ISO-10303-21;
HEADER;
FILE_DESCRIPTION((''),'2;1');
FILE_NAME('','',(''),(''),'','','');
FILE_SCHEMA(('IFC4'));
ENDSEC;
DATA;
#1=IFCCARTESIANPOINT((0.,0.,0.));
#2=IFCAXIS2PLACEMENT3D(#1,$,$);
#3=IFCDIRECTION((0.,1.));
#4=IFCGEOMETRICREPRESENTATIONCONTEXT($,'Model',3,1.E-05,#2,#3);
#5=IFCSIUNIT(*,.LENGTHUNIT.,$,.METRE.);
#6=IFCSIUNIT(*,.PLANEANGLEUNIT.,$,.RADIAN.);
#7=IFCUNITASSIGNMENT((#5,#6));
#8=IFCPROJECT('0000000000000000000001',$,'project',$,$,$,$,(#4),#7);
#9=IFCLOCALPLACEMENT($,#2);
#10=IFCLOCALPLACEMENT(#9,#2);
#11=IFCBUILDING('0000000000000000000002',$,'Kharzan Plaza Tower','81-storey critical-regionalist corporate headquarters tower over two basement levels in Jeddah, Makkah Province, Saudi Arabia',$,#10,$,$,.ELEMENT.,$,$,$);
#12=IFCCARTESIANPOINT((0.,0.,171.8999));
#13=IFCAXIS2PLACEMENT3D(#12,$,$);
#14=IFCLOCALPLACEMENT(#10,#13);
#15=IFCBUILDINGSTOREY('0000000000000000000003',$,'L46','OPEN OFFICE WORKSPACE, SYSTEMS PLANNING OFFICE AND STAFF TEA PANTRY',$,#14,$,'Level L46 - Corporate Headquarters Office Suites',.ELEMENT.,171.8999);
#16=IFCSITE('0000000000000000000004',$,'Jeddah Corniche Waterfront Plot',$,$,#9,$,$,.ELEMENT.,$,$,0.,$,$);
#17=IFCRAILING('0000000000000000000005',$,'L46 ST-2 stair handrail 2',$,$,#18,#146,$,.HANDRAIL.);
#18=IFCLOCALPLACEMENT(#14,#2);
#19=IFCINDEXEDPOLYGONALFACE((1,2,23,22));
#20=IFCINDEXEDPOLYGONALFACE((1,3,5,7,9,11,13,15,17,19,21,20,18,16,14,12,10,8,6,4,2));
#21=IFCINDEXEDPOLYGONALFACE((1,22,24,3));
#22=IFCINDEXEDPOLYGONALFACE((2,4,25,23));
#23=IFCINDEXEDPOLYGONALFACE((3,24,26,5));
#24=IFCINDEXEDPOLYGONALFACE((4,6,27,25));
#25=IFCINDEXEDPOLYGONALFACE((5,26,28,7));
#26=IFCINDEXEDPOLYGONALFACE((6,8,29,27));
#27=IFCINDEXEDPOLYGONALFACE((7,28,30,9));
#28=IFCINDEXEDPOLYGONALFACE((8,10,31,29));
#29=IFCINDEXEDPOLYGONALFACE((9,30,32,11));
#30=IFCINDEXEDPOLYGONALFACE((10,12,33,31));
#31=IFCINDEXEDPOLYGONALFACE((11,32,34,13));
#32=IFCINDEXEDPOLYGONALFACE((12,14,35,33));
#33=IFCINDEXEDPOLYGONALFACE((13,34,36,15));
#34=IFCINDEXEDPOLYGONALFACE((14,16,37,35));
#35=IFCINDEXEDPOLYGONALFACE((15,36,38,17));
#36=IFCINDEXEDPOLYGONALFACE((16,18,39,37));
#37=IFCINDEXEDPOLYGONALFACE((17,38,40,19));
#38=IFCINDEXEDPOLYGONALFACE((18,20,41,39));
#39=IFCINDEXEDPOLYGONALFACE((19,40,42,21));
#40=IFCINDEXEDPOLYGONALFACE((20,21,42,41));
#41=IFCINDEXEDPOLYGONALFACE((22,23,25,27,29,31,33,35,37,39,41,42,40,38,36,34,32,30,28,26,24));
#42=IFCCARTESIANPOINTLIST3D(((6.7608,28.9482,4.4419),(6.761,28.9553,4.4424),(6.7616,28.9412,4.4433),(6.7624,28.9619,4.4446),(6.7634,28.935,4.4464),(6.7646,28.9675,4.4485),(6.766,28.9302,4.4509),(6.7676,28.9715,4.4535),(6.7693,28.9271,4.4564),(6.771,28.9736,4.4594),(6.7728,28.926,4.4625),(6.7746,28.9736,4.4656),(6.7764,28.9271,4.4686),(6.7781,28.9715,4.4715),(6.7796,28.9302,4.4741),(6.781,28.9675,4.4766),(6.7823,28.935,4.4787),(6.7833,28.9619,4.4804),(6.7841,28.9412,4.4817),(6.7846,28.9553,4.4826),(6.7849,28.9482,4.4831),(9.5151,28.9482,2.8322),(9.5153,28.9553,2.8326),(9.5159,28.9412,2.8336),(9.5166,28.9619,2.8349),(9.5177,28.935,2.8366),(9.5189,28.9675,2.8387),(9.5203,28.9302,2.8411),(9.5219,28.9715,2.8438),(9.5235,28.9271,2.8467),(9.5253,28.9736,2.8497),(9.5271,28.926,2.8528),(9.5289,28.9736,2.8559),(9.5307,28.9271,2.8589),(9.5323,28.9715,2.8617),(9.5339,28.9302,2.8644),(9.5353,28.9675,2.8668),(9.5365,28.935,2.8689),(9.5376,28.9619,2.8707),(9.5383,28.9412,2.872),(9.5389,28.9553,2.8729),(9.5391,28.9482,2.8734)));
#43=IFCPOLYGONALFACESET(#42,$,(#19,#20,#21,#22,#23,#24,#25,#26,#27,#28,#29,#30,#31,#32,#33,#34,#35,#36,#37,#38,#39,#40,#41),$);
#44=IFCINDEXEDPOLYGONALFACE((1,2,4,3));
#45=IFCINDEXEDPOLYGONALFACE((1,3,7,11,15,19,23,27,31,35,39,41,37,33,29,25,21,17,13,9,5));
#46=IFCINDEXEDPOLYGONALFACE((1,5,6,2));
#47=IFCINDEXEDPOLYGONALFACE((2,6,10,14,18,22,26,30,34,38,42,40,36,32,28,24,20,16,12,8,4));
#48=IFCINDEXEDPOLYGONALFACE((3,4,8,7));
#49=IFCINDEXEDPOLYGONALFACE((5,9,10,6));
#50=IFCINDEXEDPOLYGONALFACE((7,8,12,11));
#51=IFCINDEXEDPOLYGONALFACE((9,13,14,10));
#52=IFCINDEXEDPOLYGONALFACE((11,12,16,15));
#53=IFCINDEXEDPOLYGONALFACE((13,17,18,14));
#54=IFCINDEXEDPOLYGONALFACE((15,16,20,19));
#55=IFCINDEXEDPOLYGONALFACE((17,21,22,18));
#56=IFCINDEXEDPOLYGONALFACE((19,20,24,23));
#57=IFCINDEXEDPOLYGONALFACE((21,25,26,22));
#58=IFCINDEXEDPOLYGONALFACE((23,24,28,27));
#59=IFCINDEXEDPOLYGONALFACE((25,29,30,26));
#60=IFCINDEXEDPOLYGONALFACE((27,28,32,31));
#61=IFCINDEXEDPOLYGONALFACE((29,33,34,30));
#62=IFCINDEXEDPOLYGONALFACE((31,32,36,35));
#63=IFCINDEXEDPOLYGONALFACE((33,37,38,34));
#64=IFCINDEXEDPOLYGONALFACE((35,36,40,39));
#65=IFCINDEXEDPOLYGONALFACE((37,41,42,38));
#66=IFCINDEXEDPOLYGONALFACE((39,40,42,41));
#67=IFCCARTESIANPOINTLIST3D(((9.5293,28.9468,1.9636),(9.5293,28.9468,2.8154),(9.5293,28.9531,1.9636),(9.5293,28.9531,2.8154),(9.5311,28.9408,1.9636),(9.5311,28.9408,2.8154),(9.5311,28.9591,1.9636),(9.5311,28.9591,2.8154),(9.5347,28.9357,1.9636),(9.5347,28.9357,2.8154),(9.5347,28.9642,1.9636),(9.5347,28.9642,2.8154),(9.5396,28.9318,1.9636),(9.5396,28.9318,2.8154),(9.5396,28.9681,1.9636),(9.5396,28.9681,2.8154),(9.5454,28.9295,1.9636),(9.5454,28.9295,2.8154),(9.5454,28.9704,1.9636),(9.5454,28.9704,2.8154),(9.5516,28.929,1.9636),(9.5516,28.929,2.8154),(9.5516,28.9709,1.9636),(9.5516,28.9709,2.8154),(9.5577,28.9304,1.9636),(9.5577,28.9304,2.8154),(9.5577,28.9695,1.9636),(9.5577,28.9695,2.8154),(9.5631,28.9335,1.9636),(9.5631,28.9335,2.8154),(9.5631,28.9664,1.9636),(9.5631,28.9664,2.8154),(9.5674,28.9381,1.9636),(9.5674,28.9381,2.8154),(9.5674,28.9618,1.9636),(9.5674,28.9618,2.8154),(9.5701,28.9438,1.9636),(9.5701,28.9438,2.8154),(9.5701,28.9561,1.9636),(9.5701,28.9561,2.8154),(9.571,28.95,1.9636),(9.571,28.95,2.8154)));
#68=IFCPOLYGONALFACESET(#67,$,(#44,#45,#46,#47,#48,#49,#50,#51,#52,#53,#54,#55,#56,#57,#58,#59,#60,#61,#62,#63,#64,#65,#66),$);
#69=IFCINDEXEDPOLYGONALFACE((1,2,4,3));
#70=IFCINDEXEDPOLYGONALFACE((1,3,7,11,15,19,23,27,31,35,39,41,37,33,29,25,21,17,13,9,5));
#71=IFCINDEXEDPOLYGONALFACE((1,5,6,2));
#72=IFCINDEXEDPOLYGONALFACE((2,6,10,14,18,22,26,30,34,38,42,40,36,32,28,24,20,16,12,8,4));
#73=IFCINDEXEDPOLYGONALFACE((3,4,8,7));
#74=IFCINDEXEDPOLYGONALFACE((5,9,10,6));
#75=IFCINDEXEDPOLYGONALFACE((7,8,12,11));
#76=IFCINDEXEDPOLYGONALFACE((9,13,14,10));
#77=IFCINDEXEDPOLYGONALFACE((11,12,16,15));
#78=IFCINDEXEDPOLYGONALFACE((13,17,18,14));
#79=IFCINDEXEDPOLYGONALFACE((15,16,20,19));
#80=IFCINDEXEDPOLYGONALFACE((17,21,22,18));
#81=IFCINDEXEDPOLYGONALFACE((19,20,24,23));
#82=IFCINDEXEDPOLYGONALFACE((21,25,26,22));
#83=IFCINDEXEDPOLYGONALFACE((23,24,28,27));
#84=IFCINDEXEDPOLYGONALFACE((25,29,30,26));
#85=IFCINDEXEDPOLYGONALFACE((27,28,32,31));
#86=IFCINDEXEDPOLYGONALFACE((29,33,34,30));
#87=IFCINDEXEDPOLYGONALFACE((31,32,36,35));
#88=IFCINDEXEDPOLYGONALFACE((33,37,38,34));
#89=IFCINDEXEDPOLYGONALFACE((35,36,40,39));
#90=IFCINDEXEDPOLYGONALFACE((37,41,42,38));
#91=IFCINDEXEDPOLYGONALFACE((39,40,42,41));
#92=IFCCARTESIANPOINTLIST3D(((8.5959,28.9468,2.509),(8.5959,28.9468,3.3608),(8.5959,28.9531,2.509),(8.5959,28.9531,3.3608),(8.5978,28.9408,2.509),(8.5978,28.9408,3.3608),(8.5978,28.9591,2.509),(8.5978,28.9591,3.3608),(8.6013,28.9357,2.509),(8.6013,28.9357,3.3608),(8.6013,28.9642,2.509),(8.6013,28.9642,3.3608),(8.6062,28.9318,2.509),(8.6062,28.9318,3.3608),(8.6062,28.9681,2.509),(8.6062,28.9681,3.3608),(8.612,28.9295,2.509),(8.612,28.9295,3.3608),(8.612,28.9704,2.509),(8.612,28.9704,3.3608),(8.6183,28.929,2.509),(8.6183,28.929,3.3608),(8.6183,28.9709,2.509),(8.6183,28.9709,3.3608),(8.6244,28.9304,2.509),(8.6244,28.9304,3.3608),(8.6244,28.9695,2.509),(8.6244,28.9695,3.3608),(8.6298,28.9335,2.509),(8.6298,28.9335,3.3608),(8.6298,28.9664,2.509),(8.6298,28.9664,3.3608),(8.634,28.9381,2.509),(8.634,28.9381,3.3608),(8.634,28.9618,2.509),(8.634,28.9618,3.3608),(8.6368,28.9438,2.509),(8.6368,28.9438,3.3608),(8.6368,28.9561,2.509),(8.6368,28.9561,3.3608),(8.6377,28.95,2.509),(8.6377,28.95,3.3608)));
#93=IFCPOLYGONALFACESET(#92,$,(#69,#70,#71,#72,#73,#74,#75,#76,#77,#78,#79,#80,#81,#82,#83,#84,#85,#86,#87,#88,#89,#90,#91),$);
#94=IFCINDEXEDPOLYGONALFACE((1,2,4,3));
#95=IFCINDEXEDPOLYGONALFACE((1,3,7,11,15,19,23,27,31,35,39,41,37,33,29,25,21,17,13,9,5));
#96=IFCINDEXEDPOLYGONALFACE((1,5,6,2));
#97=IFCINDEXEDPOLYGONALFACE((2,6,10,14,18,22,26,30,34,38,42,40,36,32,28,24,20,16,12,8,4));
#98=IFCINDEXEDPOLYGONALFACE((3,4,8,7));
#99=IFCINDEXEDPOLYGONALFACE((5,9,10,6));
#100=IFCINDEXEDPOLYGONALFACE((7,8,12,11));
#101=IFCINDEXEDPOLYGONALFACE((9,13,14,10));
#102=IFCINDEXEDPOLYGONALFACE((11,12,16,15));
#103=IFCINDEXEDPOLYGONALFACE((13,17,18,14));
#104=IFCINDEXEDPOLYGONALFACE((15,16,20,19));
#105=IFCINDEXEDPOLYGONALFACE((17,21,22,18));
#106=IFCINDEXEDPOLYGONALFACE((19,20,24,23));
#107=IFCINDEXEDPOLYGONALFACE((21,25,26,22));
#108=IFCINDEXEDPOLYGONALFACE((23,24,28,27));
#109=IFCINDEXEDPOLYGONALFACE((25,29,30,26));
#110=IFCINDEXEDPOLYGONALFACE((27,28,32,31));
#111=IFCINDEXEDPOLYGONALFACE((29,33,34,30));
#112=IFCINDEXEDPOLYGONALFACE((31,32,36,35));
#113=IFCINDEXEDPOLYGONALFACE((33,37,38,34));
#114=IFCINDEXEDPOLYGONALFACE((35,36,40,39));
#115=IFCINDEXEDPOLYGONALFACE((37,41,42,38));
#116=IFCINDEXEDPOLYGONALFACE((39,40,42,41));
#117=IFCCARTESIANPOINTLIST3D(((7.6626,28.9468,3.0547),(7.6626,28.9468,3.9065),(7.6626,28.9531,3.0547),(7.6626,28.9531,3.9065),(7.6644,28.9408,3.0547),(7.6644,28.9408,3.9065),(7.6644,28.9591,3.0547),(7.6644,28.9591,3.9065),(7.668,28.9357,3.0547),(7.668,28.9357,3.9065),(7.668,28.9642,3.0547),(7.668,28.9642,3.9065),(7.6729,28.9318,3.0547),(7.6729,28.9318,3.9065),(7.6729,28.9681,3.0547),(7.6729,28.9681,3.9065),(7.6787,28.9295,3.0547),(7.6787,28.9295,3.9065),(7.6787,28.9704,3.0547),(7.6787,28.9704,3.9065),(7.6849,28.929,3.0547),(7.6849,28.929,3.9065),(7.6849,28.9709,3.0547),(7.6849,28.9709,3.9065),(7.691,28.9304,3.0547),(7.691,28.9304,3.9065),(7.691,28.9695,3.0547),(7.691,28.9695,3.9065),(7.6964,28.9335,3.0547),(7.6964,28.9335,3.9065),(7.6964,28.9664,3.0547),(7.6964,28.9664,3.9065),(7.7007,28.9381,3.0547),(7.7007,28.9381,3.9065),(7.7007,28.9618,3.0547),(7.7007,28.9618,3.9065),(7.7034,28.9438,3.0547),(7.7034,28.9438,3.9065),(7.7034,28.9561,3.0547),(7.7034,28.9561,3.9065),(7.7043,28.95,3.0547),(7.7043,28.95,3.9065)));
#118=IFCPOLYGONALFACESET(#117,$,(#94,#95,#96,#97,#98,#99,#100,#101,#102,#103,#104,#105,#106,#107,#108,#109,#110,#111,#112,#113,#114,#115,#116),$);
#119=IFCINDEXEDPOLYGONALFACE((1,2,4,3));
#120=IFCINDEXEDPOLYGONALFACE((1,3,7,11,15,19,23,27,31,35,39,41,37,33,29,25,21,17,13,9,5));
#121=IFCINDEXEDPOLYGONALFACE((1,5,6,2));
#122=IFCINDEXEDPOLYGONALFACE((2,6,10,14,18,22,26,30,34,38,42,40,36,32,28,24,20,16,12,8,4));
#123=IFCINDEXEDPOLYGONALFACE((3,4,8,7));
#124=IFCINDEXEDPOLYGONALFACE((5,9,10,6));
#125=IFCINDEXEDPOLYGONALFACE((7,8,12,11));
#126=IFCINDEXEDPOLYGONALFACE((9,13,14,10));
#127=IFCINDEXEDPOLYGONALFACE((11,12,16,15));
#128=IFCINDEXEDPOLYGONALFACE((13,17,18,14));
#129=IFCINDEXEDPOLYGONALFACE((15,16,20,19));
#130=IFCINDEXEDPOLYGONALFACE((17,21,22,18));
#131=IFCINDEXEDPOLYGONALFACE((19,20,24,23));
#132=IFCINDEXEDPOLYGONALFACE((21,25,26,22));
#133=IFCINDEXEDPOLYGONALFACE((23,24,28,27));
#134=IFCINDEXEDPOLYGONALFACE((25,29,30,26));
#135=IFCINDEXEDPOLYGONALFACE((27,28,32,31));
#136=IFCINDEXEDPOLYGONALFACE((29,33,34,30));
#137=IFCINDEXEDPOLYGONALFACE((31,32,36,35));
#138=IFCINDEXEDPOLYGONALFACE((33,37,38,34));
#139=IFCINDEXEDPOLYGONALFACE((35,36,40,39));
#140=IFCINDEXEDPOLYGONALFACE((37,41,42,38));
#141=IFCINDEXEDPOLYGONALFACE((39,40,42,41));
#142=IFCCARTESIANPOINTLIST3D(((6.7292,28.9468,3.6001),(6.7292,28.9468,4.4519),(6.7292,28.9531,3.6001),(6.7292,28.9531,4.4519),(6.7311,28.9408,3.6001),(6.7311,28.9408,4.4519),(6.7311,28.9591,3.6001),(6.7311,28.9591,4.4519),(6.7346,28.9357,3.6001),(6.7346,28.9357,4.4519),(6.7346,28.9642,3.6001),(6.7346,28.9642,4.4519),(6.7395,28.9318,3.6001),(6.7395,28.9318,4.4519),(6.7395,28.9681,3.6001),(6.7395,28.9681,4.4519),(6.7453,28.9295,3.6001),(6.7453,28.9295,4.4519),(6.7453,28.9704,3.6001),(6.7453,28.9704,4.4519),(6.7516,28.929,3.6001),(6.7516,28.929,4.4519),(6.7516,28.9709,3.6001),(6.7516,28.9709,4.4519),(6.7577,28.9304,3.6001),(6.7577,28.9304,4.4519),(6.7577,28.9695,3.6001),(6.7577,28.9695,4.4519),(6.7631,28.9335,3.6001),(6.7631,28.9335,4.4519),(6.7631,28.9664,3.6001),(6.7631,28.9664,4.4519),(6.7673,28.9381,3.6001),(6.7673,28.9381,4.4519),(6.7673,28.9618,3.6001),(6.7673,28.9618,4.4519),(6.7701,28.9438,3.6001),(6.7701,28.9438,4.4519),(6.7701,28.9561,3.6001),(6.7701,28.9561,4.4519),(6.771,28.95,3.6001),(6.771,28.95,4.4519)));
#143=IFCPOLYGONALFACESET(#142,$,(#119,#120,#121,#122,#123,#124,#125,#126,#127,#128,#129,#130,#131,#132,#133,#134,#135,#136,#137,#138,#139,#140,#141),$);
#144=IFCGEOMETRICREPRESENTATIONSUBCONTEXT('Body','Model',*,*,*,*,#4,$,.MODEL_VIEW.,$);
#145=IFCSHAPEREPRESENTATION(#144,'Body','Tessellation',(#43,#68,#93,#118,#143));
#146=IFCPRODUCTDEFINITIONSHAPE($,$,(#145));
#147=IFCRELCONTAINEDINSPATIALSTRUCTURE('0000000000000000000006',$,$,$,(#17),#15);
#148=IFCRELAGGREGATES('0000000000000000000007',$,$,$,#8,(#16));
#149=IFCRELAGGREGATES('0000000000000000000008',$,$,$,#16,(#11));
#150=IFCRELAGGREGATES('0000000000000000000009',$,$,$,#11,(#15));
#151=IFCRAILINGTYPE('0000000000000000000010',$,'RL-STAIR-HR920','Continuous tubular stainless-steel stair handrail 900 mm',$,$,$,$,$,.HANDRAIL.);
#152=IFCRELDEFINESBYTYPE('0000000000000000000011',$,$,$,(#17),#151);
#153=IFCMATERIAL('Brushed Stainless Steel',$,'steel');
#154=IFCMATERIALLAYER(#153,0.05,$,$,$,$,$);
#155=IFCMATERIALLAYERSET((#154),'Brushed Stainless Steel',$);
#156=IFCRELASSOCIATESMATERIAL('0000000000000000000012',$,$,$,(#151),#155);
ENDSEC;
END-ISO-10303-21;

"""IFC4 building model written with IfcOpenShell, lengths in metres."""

from ifc_helpers import new_model, si_unit, direction, frame, origin, origin_2d, place, context, subcontext, project, spatial, circle, extrude, source, transform, mapped, material, layer, layer_set, type_object, element, save


model = new_model("IFC4")

# Units and contexts
model_context = context("Model", 3, precision=1e-05, world=origin(), true_north=direction((0.0, 1.0)))
body_context = subcontext(model_context, "Body", "Model", "MODEL_VIEW")
ifc_project = project(units=[si_unit("LENGTHUNIT", "METRE"), si_unit("PLANEANGLEUNIT", "RADIAN")], contexts=[model_context])

# Site, building, storey
site_placement = place(None, origin())
site = spatial("IfcSite", under=ifc_project, at=site_placement, Name="Jeddah Corniche Waterfront Plot", CompositionType="ELEMENT", RefElevation=0.0)
building_placement = place(site_placement, origin())
building = spatial("IfcBuilding", under=site, at=building_placement, Name="Kharzan Plaza Tower", Description="81-storey critical-regionalist corporate headquarters tower over two basement levels in Jeddah, Makkah Province, Saudi Arabia", CompositionType="ELEMENT")
storey_placement = place(building_placement, frame((0.0, 0.0, 171.8999)))
storey = spatial("IfcBuildingStorey", under=building, at=storey_placement, Name="L46", Description="OPEN OFFICE WORKSPACE, SYSTEMS PLANNING OFFICE AND STAFF TEA PANTRY", LongName="Level L46 - Corporate Headquarters Office Suites", CompositionType="ELEMENT", Elevation=171.8999)

# Shared definitions
ifc_material_1 = material(Name="Brushed Stainless Steel", Category="steel")

# Railing
ifc_layer_1 = layer(ifc_material_1, 0.05)
ifc_layer_set_1 = layer_set([ifc_layer_1], Name="Brushed Stainless Steel")
railing_type_1 = type_object("IfcRailingType", Name="RL-STAIR-HR920", Description="Continuous tubular stainless-steel stair handrail 900 mm", PredefinedType="HANDRAIL", material=ifc_layer_set_1)
shared_shape_1 = source(origin(), body_context, "Body", "SweptSolid", [
    extrude(circle(Radius=0.0239, at=origin_2d()), frame((-0.0229, 0.0, 0.8892), z_axis=(-0.863361, 0.0, 0.504587), x_axis=(0.0, -1.0, 0.0)), (0.0, 0.0, 1.0), 3.1902),
    extrude(circle(Radius=0.021, at=origin_2d()), origin(), (0.0, 0.0, 1.0), 0.8518),
    extrude(circle(Radius=0.021, at=origin_2d()), frame((-0.9333, 0.0, 0.5454)), (0.0, 0.0, 1.0), 0.8518),
    extrude(circle(Radius=0.021, at=origin_2d()), frame((-1.8667, 0.0, 1.0911)), (0.0, 0.0, 1.0), 0.8518),
    extrude(circle(Radius=0.021, at=origin_2d()), frame((-2.8, 0.0, 1.6365)), (0.0, 0.0, 1.0), 0.8518),
])
railing_1_placement = place(storey_placement, frame((9.55, 28.95, 1.9636)))
element("IfcRailing", 1, at=railing_1_placement, inside=storey, type_object=railing_type_1, Name="L46 ST-2 stair handrail 2", PredefinedType="HANDRAIL", context=body_context, shape_type="MappedRepresentation", body=[
    mapped(shared_shape_1, transform((0.0, 0.0, 0.0), x_axis=(1.0, 0.0, 0.0), y_axis=(0.0, 1.0, 0.0), z_axis=(0.0, 0.0, 1.0))),
])

save(model, "model.ifc")
